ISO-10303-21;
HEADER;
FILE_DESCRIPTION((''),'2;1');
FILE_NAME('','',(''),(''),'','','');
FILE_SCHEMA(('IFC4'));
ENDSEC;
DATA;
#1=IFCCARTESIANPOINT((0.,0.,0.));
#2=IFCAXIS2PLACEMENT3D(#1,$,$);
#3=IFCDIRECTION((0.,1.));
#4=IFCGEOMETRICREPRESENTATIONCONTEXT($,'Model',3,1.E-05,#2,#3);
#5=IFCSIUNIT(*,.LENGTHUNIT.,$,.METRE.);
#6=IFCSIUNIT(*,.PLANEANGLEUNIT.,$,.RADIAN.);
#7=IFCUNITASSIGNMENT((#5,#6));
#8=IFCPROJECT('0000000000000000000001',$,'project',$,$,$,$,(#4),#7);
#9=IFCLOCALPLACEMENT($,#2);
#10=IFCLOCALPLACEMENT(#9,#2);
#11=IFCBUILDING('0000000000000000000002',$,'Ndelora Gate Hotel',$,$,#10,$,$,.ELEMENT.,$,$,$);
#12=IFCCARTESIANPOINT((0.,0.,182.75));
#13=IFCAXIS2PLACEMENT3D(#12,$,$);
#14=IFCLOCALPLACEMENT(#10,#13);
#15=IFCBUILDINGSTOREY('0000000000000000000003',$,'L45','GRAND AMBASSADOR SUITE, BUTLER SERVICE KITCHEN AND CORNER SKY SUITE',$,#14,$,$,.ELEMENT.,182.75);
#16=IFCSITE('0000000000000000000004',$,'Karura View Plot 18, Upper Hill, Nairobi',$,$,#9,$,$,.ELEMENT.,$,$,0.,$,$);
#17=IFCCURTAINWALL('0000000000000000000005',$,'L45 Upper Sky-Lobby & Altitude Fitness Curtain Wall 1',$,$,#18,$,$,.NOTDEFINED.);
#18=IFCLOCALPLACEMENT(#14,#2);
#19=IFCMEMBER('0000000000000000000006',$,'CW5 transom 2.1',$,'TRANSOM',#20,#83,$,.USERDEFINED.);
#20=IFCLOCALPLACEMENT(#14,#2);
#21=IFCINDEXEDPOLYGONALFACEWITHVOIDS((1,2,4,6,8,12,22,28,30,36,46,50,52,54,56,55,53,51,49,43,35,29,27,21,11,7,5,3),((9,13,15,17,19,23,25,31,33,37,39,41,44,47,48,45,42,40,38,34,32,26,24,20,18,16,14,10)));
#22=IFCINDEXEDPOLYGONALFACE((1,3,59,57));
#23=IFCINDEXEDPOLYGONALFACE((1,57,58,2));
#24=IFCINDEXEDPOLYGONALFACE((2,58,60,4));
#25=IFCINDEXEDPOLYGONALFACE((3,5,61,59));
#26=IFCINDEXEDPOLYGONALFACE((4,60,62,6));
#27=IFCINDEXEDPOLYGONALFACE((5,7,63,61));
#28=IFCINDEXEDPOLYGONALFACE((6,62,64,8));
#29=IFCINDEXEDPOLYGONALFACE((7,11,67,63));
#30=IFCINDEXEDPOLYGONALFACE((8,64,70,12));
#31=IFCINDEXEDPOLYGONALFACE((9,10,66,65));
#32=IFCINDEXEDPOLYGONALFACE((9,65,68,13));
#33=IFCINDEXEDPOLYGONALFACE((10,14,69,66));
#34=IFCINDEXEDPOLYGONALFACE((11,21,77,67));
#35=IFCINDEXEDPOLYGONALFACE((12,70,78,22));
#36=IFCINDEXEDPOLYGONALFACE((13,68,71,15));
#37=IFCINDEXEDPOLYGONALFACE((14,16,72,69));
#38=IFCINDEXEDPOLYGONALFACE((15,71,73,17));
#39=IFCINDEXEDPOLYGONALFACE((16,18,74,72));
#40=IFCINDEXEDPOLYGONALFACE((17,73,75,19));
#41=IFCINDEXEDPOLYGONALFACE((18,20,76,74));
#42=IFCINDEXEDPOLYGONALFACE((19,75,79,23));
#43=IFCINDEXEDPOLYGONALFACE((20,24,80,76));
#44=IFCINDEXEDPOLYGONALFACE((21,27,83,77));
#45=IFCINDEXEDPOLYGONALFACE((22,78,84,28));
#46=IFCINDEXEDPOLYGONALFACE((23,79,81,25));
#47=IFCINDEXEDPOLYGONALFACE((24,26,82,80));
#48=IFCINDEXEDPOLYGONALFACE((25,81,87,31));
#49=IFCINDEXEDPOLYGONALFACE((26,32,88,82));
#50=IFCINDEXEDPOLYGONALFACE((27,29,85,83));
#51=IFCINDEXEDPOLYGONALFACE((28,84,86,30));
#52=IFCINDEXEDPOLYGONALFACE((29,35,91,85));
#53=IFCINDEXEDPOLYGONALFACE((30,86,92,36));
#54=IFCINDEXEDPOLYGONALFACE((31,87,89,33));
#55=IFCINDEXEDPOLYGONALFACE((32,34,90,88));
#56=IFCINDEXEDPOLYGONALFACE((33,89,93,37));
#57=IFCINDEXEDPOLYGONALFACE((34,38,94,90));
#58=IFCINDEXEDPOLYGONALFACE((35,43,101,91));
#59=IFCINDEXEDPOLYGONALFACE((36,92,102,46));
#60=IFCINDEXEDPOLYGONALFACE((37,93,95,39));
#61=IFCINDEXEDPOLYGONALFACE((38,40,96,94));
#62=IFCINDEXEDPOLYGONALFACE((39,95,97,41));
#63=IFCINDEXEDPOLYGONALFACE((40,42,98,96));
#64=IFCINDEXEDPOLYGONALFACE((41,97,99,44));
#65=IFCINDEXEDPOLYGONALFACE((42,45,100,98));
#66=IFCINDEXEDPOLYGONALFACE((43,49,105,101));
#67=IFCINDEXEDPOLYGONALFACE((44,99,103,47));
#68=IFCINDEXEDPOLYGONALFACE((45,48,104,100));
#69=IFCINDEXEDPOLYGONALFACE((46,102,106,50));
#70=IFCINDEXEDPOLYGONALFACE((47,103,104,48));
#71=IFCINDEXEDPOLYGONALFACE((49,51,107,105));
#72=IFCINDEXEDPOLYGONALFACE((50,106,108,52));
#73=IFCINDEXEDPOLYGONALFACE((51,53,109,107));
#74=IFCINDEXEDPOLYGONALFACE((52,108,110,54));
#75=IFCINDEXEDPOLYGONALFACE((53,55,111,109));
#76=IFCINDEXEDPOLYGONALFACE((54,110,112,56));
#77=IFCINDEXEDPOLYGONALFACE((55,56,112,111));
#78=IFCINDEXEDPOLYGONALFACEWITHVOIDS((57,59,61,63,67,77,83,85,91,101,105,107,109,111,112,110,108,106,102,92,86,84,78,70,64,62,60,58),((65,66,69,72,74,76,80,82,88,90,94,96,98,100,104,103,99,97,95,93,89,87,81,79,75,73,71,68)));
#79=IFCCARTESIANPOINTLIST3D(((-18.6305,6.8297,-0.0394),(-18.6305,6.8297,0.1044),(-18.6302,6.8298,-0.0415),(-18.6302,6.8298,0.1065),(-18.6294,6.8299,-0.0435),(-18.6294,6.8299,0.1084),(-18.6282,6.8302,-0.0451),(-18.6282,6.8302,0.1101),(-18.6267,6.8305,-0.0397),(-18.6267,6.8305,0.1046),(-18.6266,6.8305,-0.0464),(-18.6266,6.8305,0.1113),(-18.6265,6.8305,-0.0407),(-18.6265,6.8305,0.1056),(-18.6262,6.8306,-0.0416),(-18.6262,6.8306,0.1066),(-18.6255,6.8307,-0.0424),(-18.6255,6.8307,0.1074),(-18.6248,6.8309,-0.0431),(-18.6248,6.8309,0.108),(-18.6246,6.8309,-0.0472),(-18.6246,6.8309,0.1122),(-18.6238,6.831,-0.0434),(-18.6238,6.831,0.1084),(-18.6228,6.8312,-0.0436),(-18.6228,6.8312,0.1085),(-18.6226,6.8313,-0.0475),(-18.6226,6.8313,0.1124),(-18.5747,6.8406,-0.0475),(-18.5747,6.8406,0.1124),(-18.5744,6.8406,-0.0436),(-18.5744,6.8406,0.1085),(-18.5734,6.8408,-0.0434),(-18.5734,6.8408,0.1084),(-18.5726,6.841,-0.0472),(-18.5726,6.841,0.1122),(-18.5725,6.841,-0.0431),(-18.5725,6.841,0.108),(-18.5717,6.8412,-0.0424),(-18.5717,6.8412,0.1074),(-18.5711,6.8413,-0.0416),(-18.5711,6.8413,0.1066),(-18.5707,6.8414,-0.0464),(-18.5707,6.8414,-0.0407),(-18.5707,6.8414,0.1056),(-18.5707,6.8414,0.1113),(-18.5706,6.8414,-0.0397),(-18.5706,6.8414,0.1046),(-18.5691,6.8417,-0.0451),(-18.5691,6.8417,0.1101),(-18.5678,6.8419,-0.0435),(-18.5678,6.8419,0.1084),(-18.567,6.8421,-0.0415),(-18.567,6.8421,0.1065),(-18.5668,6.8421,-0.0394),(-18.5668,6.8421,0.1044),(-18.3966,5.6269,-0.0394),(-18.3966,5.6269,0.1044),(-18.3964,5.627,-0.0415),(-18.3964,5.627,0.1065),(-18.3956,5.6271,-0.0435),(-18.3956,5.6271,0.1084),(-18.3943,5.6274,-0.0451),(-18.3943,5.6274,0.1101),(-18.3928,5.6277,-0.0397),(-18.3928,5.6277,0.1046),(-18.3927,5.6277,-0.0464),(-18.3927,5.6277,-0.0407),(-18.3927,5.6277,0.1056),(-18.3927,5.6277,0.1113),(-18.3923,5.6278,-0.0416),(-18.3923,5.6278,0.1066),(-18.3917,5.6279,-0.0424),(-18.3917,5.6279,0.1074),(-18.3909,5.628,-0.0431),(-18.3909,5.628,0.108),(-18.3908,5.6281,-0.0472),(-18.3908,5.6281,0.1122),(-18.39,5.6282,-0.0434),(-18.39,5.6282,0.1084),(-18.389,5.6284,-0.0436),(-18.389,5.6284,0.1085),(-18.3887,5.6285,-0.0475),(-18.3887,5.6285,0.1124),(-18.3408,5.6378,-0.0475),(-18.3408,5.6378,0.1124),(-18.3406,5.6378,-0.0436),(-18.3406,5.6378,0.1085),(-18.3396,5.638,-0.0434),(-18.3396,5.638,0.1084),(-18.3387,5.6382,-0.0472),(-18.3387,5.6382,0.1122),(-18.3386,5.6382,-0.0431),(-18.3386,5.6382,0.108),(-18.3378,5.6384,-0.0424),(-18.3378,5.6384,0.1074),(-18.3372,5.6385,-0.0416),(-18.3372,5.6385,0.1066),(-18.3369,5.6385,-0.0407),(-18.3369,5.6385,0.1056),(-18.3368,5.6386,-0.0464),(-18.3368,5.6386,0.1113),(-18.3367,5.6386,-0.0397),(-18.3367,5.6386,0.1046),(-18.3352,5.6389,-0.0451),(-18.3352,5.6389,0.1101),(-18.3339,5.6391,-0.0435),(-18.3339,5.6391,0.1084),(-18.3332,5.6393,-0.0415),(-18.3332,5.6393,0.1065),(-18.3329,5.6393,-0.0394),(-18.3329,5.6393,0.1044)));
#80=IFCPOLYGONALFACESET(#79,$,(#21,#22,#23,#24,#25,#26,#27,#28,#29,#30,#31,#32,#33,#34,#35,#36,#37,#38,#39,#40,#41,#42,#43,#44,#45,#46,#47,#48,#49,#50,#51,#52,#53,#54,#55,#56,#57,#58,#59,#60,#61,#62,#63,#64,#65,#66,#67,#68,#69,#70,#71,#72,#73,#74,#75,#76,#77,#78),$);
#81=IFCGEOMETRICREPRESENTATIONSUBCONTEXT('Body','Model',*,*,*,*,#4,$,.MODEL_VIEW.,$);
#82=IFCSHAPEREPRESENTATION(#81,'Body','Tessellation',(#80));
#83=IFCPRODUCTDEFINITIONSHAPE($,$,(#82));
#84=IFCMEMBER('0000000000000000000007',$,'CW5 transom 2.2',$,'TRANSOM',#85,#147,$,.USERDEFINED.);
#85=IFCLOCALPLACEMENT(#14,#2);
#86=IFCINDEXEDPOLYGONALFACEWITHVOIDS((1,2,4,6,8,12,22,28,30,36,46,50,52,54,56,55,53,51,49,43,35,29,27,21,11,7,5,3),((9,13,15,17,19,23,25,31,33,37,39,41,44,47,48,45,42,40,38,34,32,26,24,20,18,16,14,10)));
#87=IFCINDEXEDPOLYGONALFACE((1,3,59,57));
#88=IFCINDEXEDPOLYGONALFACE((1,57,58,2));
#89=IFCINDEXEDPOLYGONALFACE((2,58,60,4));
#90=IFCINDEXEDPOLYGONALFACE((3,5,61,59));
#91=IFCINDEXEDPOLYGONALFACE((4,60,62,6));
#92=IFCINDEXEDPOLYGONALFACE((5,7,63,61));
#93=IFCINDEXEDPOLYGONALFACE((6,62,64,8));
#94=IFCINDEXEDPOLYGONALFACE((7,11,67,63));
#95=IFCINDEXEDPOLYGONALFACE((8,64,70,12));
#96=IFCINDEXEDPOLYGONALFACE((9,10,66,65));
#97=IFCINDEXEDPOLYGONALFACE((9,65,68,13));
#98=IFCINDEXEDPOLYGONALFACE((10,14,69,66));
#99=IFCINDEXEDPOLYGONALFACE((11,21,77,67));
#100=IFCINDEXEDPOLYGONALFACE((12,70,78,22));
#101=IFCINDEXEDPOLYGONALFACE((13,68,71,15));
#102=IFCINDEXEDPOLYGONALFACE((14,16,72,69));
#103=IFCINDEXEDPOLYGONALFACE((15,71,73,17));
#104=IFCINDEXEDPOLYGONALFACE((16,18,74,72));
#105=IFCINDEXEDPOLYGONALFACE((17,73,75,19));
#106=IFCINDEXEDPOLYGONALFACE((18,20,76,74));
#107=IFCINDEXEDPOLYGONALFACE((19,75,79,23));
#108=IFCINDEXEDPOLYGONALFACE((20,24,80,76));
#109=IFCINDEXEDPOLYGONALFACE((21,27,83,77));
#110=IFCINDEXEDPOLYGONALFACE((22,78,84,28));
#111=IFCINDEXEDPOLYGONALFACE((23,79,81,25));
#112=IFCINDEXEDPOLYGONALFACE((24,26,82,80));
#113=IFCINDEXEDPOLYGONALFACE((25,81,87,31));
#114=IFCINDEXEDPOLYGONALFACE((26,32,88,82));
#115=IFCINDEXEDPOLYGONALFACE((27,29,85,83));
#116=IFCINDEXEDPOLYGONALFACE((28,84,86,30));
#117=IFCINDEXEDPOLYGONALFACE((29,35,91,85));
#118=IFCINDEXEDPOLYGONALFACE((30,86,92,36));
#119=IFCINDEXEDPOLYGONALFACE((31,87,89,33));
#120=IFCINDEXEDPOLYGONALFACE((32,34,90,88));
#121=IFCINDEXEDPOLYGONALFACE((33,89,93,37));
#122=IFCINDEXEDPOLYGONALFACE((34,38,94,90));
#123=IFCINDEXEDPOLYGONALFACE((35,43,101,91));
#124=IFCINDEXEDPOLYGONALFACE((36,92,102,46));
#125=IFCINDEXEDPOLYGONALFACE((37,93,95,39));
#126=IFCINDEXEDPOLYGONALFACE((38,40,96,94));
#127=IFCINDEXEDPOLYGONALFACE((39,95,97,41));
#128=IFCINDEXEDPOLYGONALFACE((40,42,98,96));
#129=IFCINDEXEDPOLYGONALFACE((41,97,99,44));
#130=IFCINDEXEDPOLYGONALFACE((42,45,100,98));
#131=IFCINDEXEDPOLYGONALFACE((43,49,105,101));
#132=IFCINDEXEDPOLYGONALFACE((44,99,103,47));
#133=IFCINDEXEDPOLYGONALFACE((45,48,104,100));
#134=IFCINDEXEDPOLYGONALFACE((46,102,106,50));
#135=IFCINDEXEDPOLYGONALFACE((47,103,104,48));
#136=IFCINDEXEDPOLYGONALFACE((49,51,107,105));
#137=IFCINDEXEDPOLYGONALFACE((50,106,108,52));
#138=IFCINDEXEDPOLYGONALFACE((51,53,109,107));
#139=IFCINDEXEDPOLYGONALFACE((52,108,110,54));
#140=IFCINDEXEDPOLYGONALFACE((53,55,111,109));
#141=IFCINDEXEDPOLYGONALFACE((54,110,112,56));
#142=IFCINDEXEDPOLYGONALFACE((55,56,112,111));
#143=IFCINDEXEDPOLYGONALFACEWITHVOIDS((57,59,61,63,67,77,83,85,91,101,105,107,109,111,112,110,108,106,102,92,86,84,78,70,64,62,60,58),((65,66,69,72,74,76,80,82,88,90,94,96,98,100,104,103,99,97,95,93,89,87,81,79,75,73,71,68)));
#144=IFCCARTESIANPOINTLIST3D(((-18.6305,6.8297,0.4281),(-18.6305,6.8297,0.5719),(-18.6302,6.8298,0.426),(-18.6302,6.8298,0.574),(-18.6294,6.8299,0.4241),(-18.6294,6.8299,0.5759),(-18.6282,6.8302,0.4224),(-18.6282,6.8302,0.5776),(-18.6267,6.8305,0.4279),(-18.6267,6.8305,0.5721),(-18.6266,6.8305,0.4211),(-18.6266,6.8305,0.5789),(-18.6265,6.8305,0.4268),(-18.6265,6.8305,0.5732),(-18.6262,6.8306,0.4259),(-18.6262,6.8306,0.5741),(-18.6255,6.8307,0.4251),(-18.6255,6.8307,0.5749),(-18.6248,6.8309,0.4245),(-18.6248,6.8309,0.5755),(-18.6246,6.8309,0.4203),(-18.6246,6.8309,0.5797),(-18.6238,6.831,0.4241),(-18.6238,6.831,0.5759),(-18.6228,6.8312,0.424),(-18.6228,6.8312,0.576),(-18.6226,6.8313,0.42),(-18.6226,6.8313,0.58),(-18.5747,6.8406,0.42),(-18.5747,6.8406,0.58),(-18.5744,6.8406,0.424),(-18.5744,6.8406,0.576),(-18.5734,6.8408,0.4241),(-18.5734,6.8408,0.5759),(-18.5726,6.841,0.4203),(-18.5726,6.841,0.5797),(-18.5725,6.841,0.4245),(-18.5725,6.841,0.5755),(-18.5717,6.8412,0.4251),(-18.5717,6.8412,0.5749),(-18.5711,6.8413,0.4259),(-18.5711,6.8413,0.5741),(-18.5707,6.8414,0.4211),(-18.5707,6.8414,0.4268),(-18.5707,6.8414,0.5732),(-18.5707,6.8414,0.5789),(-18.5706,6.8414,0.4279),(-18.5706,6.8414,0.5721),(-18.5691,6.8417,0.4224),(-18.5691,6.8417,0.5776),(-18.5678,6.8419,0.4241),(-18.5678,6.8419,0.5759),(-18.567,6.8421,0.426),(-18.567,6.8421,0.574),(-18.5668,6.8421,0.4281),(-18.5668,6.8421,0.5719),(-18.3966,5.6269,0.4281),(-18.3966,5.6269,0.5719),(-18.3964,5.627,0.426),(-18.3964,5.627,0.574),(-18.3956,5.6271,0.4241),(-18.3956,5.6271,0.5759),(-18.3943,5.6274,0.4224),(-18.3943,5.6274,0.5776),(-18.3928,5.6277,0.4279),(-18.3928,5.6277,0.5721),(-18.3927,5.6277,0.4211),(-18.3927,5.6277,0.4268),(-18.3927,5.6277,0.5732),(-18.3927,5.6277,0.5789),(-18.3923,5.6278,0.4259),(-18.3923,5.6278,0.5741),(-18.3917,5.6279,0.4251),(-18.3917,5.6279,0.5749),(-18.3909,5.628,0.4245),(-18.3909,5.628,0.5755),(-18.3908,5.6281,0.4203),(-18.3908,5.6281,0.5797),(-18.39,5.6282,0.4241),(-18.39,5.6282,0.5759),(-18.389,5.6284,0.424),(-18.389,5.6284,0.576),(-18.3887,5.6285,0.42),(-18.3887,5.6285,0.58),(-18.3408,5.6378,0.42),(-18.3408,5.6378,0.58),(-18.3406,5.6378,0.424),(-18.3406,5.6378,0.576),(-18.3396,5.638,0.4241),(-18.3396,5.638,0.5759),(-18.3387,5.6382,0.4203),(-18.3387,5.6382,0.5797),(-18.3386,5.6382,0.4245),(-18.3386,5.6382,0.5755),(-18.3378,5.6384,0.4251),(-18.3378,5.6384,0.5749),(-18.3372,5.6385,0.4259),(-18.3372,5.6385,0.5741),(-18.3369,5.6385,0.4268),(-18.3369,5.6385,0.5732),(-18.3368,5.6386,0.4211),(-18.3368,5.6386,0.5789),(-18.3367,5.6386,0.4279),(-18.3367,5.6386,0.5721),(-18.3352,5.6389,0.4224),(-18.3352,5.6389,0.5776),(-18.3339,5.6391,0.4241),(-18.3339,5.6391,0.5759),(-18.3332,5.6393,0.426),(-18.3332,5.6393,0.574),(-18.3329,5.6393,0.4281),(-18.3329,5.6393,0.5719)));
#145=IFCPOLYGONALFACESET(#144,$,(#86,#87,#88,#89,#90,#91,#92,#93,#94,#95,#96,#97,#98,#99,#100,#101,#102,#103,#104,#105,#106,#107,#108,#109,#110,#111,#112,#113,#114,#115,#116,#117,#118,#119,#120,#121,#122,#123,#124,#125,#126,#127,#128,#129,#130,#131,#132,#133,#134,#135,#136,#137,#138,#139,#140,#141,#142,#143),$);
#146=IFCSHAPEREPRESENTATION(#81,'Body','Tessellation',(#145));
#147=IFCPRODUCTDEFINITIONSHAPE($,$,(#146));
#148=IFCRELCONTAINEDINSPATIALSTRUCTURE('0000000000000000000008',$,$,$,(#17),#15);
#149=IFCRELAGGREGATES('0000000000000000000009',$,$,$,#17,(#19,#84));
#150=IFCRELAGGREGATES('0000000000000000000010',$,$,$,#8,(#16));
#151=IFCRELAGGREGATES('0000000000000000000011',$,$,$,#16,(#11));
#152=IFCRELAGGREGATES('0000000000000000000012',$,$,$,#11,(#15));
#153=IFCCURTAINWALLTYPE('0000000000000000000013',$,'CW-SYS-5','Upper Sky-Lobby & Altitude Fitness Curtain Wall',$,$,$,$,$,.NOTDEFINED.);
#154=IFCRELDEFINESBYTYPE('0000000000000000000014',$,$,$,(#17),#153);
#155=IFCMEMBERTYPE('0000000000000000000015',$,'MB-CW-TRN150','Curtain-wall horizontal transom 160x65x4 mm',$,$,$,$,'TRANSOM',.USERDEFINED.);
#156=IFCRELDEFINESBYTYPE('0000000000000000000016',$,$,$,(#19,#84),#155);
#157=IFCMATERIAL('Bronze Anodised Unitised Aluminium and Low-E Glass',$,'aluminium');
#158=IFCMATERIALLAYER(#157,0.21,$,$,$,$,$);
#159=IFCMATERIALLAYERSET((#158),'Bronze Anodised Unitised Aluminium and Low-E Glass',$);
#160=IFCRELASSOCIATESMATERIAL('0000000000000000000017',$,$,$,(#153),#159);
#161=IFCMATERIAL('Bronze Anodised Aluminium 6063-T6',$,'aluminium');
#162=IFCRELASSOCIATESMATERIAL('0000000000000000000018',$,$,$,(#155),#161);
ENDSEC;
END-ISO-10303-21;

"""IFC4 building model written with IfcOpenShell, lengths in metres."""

from ifc_helpers import new_model, si_unit, direction, frame, origin, origin_2d, place, context, subcontext, project, spatial, hollow_rectangle, extrude, material, layer, layer_set, material_profile, profile_set, type_object, element, aggregate, save


model = new_model("IFC4")

# Units and contexts
model_context = context("Model", 3, precision=1e-05, world=origin(), true_north=direction((0.0, 1.0)))
body_context = subcontext(model_context, "Body", "Model", "MODEL_VIEW")
ifc_project = project(units=[si_unit("LENGTHUNIT", "METRE"), si_unit("PLANEANGLEUNIT", "RADIAN")], contexts=[model_context])

# Site, building, storey
site_placement = place(None, origin())
site = spatial("IfcSite", under=ifc_project, at=site_placement, Name="Karura View Plot 18, Upper Hill, Nairobi", CompositionType="ELEMENT", RefElevation=0.0)
building_placement = place(site_placement, origin())
building = spatial("IfcBuilding", under=site, at=building_placement, Name="Ndelora Gate Hotel", CompositionType="ELEMENT")
storey_placement = place(building_placement, frame((0.0, 0.0, 182.75)))
storey = spatial("IfcBuildingStorey", under=building, at=storey_placement, Name="L45", Description="GRAND AMBASSADOR SUITE, BUTLER SERVICE KITCHEN AND CORNER SKY SUITE", CompositionType="ELEMENT", Elevation=182.75)

# Curtain wall
ifc_material_1 = material(Name="Bronze Anodised Unitised Aluminium and Low-E Glass", Category="aluminium")
ifc_layer_1 = layer(ifc_material_1, 0.21)
ifc_layer_set_1 = layer_set([ifc_layer_1], Name="Bronze Anodised Unitised Aluminium and Low-E Glass")
curtain_wall_type = type_object("IfcCurtainWallType", Name="CW-SYS-5", Description="Upper Sky-Lobby & Altitude Fitness Curtain Wall", PredefinedType="NOTDEFINED", material=ifc_layer_set_1)
curtain_wall_1_placement = place(storey_placement, origin())
curtain_wall_1 = element("IfcCurtainWall", 1, at=curtain_wall_1_placement, inside=storey, type_object=curtain_wall_type, Name="L45 Upper Sky-Lobby & Altitude Fitness Curtain Wall 1", PredefinedType="NOTDEFINED")
ifc_material_2 = material(Name="Bronze Anodised Aluminium 6063-T6", Category="aluminium")

# Members
ifc_material_profile_1 = material_profile(ifc_material_2, hollow_rectangle(XDim=0.0649, YDim=0.1599, WallThickness=0.0039, InnerFilletRadius=0.0039, OuterFilletRadius=0.0081, at=origin_2d()), Name="ALU 160x65x4")
ifc_profile_set_1 = profile_set([ifc_material_profile_1], Name="Bronze Anodised Aluminium 6063-T6")
member_type_1 = type_object("IfcMemberType", Name="MB-CW-TRN150", Description="Curtain-wall horizontal transom 160x65x4 mm", ElementType="TRANSOM", PredefinedType="USERDEFINED", material=ifc_profile_set_1)
member_1_placement = place(storey_placement, frame((-18.5986, 6.8359, 0.0325), z_axis=(0.190864, -0.981616, 0.0), x_axis=(0.981616, 0.190864, 0.0)))
member_1 = element("IfcMember", 2, at=member_1_placement, type_object=member_type_1, Name="CW5 transom 2.1", ObjectType="TRANSOM", PredefinedType="USERDEFINED", context=body_context, shape_type="SweptSolid", body=[
    extrude(hollow_rectangle(XDim=0.0649, YDim=0.1599, WallThickness=0.0039, InnerFilletRadius=0.0039, OuterFilletRadius=0.0081, at=origin_2d()), origin(), (0.0, 0.0, 1.0), 1.2253),
])
member_2_placement = place(storey_placement, frame((-18.5986, 6.8359, 0.5), z_axis=(0.190864, -0.981616, 0.0), x_axis=(0.981616, 0.190864, 0.0)))
member_2 = element("IfcMember", 3, at=member_2_placement, type_object=member_type_1, Name="CW5 transom 2.2", ObjectType="TRANSOM", PredefinedType="USERDEFINED", context=body_context, shape_type="SweptSolid", body=[
    extrude(hollow_rectangle(XDim=0.0649, YDim=0.1599, WallThickness=0.0039, InnerFilletRadius=0.0039, OuterFilletRadius=0.0081, at=origin_2d()), origin(), (0.0, 0.0, 1.0), 1.2253),
])

aggregate(curtain_wall_1, [member_1, member_2])

save(model, "model.ifc")
